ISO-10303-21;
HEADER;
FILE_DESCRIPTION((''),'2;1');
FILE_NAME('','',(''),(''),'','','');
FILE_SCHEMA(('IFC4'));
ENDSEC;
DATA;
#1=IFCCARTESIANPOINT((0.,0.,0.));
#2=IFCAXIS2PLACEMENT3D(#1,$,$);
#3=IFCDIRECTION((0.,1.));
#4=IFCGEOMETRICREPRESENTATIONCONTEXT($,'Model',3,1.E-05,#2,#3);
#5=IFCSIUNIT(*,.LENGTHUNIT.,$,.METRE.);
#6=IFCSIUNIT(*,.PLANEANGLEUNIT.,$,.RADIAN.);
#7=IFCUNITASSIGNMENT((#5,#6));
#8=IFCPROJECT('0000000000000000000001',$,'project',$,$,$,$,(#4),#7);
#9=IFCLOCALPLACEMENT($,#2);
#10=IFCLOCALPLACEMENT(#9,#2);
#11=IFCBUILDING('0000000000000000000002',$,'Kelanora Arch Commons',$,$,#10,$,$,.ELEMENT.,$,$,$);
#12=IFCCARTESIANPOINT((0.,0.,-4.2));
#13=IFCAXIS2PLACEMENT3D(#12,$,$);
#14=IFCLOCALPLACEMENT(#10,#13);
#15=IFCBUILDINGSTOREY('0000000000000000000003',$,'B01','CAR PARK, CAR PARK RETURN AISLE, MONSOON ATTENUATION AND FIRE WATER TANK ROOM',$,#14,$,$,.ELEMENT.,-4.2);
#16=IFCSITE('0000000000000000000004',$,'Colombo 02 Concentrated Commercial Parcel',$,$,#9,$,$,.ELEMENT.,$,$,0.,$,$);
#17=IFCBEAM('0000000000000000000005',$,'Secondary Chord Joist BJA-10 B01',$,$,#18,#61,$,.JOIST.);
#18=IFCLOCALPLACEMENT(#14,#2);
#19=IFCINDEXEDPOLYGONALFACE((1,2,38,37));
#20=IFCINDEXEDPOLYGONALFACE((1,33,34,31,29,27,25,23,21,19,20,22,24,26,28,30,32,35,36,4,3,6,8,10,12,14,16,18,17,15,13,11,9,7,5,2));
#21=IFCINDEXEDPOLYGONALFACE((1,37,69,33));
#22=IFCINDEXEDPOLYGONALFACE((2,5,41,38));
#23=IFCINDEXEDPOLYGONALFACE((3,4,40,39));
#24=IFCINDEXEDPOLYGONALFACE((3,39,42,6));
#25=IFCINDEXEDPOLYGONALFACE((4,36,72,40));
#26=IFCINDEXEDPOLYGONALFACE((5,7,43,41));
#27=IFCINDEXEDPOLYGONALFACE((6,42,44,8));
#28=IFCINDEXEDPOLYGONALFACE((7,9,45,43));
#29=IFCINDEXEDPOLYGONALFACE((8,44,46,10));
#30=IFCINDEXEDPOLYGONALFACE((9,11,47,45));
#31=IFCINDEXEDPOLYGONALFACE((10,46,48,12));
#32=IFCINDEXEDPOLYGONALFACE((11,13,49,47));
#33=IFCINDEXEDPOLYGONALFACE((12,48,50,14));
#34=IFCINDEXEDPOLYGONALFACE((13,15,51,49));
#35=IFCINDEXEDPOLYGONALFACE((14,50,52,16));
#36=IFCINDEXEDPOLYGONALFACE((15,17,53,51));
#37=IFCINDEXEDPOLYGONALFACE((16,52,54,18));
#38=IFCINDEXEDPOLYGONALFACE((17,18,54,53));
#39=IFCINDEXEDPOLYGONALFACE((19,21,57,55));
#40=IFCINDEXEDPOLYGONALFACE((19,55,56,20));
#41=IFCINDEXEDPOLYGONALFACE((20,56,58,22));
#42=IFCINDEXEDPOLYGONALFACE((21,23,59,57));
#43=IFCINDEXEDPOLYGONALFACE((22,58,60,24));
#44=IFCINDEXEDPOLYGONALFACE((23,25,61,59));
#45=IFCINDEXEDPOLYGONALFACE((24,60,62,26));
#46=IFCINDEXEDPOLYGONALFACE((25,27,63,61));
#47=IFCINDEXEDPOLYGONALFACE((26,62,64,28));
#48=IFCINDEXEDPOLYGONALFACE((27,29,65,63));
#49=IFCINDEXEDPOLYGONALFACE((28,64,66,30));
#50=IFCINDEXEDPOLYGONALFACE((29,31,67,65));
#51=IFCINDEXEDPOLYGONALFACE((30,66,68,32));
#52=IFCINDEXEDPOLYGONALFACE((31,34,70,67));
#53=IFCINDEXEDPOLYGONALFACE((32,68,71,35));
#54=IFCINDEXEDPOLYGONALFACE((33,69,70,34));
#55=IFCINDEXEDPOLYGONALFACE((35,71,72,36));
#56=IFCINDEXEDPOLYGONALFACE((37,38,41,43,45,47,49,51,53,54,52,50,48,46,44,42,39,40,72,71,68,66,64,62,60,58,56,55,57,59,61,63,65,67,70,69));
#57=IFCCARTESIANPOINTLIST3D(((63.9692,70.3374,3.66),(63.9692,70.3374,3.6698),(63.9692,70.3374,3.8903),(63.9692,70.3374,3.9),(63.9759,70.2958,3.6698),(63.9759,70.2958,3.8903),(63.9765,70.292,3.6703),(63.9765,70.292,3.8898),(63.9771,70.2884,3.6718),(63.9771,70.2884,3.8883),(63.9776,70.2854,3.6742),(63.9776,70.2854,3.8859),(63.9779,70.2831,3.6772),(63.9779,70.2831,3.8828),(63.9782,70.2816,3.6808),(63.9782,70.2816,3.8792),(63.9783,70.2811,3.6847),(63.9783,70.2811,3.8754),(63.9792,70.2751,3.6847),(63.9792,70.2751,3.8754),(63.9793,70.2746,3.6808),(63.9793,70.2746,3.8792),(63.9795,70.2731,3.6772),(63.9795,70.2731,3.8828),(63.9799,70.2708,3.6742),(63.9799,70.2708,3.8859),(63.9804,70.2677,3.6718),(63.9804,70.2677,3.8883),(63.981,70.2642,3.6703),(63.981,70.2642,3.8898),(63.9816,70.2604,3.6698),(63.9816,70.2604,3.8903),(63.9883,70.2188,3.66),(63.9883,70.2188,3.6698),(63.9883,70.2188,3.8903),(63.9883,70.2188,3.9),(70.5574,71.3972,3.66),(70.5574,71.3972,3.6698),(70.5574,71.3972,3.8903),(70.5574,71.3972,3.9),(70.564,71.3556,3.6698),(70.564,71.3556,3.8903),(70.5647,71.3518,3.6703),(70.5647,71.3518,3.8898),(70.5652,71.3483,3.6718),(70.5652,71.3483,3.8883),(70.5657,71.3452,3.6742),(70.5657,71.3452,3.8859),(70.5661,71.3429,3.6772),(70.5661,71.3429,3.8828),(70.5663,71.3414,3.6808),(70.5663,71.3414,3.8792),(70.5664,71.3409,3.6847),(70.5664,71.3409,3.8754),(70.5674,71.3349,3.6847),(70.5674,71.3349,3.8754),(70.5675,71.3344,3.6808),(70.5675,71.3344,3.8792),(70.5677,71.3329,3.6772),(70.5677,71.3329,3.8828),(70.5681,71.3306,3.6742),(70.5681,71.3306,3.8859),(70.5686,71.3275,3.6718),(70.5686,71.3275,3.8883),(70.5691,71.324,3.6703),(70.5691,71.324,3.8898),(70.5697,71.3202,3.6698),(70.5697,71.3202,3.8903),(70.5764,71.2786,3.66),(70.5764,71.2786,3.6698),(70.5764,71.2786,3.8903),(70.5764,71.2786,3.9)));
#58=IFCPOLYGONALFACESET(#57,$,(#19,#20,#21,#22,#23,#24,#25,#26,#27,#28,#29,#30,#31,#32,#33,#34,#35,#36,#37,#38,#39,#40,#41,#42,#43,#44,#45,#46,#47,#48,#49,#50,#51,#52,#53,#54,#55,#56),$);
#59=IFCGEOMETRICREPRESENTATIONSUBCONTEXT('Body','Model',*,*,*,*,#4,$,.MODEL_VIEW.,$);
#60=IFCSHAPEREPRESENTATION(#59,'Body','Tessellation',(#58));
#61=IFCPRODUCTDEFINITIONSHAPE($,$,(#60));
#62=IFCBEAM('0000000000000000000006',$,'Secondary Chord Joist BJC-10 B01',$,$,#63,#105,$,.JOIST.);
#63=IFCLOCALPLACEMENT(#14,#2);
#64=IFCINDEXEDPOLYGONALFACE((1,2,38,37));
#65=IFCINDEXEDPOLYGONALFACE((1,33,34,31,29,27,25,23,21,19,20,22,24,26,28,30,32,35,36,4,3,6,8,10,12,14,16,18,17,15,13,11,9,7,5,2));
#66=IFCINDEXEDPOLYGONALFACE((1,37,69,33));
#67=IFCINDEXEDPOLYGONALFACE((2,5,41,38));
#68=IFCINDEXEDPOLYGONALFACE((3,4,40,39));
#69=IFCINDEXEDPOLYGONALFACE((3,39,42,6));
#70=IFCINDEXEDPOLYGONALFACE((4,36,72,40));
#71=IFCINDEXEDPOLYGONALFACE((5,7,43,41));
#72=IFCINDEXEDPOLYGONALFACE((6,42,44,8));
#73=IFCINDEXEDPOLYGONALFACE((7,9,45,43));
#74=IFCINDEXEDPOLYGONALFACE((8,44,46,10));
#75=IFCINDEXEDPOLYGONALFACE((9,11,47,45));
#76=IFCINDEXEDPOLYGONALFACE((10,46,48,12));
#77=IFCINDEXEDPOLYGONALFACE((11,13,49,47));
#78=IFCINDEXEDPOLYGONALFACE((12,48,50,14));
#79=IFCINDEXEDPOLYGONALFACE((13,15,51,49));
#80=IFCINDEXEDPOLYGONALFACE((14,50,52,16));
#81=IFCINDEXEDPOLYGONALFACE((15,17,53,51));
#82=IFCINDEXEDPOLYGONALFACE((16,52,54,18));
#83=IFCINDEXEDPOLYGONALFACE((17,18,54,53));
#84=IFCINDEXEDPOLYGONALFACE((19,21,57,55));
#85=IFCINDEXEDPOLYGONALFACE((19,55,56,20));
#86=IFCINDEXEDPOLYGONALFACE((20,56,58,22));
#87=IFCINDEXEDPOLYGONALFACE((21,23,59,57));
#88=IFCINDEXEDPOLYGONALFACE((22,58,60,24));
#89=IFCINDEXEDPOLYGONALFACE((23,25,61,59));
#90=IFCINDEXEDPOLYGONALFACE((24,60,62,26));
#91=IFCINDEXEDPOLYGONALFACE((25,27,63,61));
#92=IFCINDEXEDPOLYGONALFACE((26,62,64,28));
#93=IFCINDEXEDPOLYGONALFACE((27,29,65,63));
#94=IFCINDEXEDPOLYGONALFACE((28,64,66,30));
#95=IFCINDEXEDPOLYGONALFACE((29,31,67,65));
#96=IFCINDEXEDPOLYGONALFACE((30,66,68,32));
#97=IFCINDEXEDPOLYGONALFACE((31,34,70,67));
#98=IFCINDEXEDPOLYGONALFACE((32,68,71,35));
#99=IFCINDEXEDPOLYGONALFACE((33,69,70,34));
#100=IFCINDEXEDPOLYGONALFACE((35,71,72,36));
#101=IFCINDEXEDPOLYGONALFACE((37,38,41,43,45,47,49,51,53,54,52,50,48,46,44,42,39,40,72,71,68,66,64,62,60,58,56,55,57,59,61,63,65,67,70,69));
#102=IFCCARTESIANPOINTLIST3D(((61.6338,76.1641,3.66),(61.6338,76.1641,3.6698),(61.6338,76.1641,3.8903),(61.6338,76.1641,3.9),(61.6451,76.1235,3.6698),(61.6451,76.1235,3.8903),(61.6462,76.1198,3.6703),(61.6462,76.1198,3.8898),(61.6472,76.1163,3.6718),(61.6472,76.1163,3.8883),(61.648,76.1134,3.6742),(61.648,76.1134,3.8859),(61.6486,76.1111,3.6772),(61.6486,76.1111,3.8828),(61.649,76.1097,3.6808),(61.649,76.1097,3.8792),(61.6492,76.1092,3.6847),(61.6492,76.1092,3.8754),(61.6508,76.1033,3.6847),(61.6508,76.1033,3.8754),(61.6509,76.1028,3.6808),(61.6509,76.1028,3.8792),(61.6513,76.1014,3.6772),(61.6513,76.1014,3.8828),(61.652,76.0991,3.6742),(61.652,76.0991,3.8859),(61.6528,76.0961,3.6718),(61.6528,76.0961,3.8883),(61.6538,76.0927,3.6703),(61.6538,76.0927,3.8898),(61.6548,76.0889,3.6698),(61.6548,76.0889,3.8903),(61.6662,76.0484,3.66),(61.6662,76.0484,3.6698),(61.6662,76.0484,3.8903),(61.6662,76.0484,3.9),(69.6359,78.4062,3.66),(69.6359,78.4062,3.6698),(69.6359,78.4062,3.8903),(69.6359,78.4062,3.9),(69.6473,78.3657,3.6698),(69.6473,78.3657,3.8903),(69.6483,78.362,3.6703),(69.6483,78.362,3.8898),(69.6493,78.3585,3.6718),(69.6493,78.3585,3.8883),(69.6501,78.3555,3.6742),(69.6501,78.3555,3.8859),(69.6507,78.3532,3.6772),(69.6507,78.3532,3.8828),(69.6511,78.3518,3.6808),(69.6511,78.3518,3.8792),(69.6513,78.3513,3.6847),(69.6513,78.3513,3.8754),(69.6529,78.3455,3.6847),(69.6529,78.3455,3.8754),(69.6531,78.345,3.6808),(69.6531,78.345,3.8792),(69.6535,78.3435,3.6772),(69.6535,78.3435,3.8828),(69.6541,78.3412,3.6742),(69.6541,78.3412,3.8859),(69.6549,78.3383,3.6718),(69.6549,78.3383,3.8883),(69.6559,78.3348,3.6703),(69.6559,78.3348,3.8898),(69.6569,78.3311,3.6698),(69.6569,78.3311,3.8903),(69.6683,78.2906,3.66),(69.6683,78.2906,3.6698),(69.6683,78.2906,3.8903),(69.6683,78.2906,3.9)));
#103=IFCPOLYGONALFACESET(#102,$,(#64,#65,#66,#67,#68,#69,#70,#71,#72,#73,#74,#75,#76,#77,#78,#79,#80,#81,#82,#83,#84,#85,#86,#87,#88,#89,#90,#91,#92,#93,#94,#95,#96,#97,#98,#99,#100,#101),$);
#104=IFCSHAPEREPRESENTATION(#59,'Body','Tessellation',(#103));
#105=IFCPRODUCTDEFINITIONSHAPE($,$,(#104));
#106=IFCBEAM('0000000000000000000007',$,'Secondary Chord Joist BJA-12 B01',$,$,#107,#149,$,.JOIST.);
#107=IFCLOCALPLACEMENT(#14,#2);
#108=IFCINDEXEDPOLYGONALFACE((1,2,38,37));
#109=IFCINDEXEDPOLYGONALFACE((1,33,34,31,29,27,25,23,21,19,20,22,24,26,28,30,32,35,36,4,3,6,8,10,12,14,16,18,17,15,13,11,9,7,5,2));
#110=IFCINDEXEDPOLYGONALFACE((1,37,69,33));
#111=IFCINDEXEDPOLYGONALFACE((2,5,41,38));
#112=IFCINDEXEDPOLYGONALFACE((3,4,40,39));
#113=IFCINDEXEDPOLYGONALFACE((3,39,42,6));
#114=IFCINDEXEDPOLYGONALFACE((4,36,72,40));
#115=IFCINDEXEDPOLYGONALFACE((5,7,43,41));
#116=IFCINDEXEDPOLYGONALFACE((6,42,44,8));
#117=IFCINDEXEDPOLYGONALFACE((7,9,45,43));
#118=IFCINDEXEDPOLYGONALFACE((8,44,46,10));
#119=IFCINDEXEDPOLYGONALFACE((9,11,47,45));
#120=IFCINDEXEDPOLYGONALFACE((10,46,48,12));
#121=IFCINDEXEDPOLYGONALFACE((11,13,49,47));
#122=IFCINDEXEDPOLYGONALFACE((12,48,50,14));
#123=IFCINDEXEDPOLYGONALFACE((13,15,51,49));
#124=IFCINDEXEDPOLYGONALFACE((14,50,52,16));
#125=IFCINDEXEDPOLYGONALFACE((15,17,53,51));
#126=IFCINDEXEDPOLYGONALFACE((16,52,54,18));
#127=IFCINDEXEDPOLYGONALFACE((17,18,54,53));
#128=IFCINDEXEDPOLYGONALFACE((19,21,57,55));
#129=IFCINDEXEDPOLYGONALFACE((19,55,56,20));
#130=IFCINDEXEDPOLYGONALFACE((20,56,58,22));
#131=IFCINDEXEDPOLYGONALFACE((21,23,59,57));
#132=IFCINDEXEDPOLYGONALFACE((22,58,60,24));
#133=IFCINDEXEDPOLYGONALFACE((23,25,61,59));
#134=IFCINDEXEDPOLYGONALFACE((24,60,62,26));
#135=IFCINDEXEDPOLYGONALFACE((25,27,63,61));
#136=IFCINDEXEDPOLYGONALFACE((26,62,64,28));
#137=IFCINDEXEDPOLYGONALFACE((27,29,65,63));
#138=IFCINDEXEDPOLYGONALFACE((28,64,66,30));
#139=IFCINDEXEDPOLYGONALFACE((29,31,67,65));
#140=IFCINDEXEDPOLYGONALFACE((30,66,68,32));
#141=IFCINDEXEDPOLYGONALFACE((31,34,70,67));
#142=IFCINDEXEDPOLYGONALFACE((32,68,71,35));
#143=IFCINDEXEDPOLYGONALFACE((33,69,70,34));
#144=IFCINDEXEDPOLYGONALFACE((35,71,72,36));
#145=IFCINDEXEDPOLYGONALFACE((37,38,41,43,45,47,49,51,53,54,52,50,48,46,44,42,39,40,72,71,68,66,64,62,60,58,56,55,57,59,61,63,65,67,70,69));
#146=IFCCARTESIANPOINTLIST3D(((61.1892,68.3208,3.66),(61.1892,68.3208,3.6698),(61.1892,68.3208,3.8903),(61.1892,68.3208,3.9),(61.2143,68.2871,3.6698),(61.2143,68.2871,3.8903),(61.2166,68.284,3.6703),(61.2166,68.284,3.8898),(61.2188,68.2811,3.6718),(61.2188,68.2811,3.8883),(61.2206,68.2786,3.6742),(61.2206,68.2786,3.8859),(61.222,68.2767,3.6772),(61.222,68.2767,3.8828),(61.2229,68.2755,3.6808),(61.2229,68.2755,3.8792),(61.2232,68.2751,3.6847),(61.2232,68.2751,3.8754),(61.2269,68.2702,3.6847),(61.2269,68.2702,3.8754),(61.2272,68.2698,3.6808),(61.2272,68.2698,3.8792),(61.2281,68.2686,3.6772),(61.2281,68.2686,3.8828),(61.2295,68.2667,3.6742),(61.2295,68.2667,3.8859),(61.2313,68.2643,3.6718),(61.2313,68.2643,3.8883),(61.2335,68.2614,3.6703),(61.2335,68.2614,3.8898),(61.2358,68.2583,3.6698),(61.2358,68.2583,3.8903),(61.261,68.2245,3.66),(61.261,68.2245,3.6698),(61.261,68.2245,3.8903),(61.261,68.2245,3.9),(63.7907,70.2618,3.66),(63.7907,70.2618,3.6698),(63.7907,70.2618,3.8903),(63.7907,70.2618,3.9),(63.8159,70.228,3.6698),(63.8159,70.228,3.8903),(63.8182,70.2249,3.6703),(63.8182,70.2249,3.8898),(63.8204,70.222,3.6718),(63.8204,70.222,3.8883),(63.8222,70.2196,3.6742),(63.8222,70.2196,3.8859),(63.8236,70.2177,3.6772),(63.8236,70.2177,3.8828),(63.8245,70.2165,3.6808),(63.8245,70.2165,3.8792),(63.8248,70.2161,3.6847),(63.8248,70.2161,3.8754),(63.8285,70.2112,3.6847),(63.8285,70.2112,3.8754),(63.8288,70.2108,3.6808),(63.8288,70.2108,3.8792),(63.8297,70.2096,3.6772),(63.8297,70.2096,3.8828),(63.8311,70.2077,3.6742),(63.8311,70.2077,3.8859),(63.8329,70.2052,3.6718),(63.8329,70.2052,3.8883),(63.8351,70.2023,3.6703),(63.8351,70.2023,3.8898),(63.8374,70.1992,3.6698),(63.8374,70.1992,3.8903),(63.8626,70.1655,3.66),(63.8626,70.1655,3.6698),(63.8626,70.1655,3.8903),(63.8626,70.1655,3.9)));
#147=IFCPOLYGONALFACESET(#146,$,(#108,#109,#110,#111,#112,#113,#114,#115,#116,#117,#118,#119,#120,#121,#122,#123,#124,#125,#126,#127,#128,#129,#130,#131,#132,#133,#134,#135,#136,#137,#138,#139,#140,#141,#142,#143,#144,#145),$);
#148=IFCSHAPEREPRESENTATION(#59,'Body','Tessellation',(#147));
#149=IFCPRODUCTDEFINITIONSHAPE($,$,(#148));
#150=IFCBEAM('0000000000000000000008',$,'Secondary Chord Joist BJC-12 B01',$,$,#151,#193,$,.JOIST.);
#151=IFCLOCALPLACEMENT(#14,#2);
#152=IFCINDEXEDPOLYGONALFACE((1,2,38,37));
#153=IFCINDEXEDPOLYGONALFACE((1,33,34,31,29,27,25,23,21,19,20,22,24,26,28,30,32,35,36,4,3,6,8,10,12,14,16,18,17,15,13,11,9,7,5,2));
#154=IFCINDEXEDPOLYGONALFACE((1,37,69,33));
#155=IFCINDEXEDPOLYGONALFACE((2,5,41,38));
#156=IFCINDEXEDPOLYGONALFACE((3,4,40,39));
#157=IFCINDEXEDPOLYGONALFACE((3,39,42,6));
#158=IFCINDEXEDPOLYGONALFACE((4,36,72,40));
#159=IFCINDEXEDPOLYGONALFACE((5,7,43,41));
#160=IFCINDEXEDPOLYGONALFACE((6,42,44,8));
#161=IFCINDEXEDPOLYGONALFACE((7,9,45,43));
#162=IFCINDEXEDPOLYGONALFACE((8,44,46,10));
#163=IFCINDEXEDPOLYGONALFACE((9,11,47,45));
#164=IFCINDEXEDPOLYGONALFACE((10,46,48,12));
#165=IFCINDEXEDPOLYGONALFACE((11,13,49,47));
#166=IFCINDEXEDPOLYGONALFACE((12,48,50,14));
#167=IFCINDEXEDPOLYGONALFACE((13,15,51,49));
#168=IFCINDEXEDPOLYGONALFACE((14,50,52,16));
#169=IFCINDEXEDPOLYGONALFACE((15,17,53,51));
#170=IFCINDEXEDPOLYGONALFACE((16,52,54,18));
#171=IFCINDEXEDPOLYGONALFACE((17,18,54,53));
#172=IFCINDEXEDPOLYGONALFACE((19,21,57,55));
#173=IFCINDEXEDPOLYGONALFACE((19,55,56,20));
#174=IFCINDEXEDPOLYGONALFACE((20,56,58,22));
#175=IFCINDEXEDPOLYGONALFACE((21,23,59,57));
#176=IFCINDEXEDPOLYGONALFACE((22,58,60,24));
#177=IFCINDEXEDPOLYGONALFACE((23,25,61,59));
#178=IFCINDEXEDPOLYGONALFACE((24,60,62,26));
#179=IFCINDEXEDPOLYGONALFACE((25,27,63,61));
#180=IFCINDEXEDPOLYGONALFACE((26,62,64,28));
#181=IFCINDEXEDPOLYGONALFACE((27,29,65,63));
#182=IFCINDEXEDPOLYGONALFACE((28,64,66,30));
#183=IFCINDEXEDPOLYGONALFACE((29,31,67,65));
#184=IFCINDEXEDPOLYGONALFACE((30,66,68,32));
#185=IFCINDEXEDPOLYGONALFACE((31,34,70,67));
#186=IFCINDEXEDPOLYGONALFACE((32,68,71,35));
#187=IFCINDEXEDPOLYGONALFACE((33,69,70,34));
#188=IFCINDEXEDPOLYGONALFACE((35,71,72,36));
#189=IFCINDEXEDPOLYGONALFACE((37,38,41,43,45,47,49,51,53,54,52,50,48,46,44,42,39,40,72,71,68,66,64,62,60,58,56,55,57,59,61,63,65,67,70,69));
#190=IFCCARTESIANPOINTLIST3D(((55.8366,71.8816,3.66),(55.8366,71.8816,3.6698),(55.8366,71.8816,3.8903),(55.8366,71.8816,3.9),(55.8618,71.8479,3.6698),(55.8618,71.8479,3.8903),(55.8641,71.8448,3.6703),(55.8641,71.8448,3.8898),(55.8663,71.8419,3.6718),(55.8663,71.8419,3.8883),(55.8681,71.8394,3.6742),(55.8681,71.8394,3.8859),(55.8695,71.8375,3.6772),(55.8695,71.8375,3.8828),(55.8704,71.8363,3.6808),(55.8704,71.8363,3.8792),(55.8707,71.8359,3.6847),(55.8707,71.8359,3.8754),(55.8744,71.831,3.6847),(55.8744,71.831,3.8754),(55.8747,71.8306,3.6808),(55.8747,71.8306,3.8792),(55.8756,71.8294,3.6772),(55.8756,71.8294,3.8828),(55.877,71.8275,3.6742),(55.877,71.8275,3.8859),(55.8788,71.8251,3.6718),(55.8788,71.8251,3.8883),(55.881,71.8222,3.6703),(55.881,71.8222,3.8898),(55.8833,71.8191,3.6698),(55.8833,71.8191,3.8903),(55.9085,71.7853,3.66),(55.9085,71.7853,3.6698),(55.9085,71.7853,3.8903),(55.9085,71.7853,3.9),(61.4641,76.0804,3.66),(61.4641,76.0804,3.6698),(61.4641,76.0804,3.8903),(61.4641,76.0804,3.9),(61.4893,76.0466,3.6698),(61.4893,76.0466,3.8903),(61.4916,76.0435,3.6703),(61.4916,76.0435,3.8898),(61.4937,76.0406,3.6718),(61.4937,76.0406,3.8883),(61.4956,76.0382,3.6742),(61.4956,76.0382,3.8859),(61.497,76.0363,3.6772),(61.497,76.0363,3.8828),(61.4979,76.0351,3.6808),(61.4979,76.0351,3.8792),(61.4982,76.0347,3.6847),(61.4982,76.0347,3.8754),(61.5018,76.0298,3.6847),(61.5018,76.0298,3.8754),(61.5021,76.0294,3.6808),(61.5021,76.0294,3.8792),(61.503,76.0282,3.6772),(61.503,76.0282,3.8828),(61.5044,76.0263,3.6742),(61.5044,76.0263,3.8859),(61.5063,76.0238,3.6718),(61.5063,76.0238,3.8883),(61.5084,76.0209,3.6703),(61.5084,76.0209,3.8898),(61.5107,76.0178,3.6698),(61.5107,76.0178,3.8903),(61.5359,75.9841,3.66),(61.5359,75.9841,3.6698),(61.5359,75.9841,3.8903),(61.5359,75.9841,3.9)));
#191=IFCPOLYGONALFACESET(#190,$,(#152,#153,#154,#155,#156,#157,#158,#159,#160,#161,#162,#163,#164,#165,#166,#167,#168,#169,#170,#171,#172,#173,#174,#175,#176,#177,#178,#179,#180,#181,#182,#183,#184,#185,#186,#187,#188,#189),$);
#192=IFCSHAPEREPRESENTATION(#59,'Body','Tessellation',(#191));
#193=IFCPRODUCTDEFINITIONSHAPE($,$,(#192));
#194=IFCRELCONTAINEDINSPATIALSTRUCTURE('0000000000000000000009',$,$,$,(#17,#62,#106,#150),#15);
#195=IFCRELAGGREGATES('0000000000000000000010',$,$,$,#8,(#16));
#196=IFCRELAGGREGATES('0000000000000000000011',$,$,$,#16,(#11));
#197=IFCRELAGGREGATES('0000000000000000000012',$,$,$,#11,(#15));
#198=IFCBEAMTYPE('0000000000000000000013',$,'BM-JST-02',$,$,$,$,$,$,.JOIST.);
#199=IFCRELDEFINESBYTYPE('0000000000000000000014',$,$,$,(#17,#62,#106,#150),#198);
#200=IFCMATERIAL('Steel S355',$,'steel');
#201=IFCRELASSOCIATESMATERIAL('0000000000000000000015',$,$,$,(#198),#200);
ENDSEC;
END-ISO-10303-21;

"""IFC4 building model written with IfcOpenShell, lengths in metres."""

from ifc_helpers import new_model, si_unit, direction, frame, origin, origin_2d, place, context, subcontext, project, spatial, i_section, extrude, material, material_profile, profile_set, type_object, element, save


model = new_model("IFC4")

# Units and contexts
model_context = context("Model", 3, precision=1e-05, world=origin(), true_north=direction((0.0, 1.0)))
body_context = subcontext(model_context, "Body", "Model", "MODEL_VIEW")
ifc_project = project(units=[si_unit("LENGTHUNIT", "METRE"), si_unit("PLANEANGLEUNIT", "RADIAN")], contexts=[model_context])

# Site, building, storey
site_placement = place(None, origin())
site = spatial("IfcSite", under=ifc_project, at=site_placement, Name="Colombo 02 Concentrated Commercial Parcel", CompositionType="ELEMENT", RefElevation=0.0)
building_placement = place(site_placement, origin())
building = spatial("IfcBuilding", under=site, at=building_placement, Name="Kelanora Arch Commons", CompositionType="ELEMENT")
storey_placement = place(building_placement, frame((0.0, 0.0, -4.2)))
storey = spatial("IfcBuildingStorey", under=building, at=storey_placement, Name="B01", Description="CAR PARK, CAR PARK RETURN AISLE, MONSOON ATTENUATION AND FIRE WATER TANK ROOM", CompositionType="ELEMENT", Elevation=-4.2)

# Shared definitions
ifc_material_1 = material(Name="Steel S355", Category="steel")

# Beams
ifc_material_profile_1 = material_profile(ifc_material_1, i_section(OverallWidth=0.1201, OverallDepth=0.24, WebThickness=0.0061, FlangeThickness=0.0098, FilletRadius=0.0149, at=origin_2d()), Name="IPE240")
ifc_profile_set_1 = profile_set([ifc_material_profile_1], Name="Steel S355")
beam_type_1 = type_object("IfcBeamType", Name="BM-JST-02", PredefinedType="JOIST", material=ifc_profile_set_1)
beam_1_placement = place(storey_placement, frame((70.5669, 71.3379, 3.78), z_axis=(-0.987307, -0.158825, 0.0), x_axis=(0.158825, -0.987307, 0.0)))
element("IfcBeam", 1, at=beam_1_placement, inside=storey, type_object=beam_type_1, Name="Secondary Chord Joist BJA-10 B01", PredefinedType="JOIST", context=body_context, shape_type="SweptSolid", body=[
    extrude(i_section(OverallWidth=0.1201, OverallDepth=0.24, WebThickness=0.0061, FlangeThickness=0.0098, FilletRadius=0.0149, at=origin_2d()), origin(), (0.0, 0.0, 1.0), 6.6729),
])
beam_2_placement = place(storey_placement, frame((69.6521, 78.3484, 3.78), z_axis=(-0.962915, -0.269805, 0.0), x_axis=(0.269805, -0.962915, 0.0)))
element("IfcBeam", 2, at=beam_2_placement, inside=storey, type_object=beam_type_1, Name="Secondary Chord Joist BJC-10 B01", PredefinedType="JOIST", context=body_context, shape_type="SweptSolid", body=[
    extrude(i_section(OverallWidth=0.1201, OverallDepth=0.24, WebThickness=0.0061, FlangeThickness=0.0098, FilletRadius=0.0149, at=origin_2d()), origin(), (0.0, 0.0, 1.0), 8.3103),
])
beam_3_placement = place(storey_placement, frame((63.8267, 70.2136, 3.78), z_axis=(-0.801514, -0.597976, 0.0), x_axis=(0.597976, -0.801514, 0.0)))
element("IfcBeam", 3, at=beam_3_placement, inside=storey, type_object=beam_type_1, Name="Secondary Chord Joist BJA-12 B01", PredefinedType="JOIST", context=body_context, shape_type="SweptSolid", body=[
    extrude(i_section(OverallWidth=0.1201, OverallDepth=0.24, WebThickness=0.0061, FlangeThickness=0.0098, FilletRadius=0.0149, at=origin_2d()), origin(), (0.0, 0.0, 1.0), 3.2458),
])
beam_4_placement = place(storey_placement, frame((61.5, 76.0322, 3.78), z_axis=(-0.801491, -0.598006, 0.0), x_axis=(0.598006, -0.801491, 0.0)))
element("IfcBeam", 4, at=beam_4_placement, inside=storey, type_object=beam_type_1, Name="Secondary Chord Joist BJC-12 B01", PredefinedType="JOIST", context=body_context, shape_type="SweptSolid", body=[
    extrude(i_section(OverallWidth=0.1201, OverallDepth=0.24, WebThickness=0.0061, FlangeThickness=0.0098, FilletRadius=0.0149, at=origin_2d()), origin(), (0.0, 0.0, 1.0), 7.0212),
])

save(model, "model.ifc")
